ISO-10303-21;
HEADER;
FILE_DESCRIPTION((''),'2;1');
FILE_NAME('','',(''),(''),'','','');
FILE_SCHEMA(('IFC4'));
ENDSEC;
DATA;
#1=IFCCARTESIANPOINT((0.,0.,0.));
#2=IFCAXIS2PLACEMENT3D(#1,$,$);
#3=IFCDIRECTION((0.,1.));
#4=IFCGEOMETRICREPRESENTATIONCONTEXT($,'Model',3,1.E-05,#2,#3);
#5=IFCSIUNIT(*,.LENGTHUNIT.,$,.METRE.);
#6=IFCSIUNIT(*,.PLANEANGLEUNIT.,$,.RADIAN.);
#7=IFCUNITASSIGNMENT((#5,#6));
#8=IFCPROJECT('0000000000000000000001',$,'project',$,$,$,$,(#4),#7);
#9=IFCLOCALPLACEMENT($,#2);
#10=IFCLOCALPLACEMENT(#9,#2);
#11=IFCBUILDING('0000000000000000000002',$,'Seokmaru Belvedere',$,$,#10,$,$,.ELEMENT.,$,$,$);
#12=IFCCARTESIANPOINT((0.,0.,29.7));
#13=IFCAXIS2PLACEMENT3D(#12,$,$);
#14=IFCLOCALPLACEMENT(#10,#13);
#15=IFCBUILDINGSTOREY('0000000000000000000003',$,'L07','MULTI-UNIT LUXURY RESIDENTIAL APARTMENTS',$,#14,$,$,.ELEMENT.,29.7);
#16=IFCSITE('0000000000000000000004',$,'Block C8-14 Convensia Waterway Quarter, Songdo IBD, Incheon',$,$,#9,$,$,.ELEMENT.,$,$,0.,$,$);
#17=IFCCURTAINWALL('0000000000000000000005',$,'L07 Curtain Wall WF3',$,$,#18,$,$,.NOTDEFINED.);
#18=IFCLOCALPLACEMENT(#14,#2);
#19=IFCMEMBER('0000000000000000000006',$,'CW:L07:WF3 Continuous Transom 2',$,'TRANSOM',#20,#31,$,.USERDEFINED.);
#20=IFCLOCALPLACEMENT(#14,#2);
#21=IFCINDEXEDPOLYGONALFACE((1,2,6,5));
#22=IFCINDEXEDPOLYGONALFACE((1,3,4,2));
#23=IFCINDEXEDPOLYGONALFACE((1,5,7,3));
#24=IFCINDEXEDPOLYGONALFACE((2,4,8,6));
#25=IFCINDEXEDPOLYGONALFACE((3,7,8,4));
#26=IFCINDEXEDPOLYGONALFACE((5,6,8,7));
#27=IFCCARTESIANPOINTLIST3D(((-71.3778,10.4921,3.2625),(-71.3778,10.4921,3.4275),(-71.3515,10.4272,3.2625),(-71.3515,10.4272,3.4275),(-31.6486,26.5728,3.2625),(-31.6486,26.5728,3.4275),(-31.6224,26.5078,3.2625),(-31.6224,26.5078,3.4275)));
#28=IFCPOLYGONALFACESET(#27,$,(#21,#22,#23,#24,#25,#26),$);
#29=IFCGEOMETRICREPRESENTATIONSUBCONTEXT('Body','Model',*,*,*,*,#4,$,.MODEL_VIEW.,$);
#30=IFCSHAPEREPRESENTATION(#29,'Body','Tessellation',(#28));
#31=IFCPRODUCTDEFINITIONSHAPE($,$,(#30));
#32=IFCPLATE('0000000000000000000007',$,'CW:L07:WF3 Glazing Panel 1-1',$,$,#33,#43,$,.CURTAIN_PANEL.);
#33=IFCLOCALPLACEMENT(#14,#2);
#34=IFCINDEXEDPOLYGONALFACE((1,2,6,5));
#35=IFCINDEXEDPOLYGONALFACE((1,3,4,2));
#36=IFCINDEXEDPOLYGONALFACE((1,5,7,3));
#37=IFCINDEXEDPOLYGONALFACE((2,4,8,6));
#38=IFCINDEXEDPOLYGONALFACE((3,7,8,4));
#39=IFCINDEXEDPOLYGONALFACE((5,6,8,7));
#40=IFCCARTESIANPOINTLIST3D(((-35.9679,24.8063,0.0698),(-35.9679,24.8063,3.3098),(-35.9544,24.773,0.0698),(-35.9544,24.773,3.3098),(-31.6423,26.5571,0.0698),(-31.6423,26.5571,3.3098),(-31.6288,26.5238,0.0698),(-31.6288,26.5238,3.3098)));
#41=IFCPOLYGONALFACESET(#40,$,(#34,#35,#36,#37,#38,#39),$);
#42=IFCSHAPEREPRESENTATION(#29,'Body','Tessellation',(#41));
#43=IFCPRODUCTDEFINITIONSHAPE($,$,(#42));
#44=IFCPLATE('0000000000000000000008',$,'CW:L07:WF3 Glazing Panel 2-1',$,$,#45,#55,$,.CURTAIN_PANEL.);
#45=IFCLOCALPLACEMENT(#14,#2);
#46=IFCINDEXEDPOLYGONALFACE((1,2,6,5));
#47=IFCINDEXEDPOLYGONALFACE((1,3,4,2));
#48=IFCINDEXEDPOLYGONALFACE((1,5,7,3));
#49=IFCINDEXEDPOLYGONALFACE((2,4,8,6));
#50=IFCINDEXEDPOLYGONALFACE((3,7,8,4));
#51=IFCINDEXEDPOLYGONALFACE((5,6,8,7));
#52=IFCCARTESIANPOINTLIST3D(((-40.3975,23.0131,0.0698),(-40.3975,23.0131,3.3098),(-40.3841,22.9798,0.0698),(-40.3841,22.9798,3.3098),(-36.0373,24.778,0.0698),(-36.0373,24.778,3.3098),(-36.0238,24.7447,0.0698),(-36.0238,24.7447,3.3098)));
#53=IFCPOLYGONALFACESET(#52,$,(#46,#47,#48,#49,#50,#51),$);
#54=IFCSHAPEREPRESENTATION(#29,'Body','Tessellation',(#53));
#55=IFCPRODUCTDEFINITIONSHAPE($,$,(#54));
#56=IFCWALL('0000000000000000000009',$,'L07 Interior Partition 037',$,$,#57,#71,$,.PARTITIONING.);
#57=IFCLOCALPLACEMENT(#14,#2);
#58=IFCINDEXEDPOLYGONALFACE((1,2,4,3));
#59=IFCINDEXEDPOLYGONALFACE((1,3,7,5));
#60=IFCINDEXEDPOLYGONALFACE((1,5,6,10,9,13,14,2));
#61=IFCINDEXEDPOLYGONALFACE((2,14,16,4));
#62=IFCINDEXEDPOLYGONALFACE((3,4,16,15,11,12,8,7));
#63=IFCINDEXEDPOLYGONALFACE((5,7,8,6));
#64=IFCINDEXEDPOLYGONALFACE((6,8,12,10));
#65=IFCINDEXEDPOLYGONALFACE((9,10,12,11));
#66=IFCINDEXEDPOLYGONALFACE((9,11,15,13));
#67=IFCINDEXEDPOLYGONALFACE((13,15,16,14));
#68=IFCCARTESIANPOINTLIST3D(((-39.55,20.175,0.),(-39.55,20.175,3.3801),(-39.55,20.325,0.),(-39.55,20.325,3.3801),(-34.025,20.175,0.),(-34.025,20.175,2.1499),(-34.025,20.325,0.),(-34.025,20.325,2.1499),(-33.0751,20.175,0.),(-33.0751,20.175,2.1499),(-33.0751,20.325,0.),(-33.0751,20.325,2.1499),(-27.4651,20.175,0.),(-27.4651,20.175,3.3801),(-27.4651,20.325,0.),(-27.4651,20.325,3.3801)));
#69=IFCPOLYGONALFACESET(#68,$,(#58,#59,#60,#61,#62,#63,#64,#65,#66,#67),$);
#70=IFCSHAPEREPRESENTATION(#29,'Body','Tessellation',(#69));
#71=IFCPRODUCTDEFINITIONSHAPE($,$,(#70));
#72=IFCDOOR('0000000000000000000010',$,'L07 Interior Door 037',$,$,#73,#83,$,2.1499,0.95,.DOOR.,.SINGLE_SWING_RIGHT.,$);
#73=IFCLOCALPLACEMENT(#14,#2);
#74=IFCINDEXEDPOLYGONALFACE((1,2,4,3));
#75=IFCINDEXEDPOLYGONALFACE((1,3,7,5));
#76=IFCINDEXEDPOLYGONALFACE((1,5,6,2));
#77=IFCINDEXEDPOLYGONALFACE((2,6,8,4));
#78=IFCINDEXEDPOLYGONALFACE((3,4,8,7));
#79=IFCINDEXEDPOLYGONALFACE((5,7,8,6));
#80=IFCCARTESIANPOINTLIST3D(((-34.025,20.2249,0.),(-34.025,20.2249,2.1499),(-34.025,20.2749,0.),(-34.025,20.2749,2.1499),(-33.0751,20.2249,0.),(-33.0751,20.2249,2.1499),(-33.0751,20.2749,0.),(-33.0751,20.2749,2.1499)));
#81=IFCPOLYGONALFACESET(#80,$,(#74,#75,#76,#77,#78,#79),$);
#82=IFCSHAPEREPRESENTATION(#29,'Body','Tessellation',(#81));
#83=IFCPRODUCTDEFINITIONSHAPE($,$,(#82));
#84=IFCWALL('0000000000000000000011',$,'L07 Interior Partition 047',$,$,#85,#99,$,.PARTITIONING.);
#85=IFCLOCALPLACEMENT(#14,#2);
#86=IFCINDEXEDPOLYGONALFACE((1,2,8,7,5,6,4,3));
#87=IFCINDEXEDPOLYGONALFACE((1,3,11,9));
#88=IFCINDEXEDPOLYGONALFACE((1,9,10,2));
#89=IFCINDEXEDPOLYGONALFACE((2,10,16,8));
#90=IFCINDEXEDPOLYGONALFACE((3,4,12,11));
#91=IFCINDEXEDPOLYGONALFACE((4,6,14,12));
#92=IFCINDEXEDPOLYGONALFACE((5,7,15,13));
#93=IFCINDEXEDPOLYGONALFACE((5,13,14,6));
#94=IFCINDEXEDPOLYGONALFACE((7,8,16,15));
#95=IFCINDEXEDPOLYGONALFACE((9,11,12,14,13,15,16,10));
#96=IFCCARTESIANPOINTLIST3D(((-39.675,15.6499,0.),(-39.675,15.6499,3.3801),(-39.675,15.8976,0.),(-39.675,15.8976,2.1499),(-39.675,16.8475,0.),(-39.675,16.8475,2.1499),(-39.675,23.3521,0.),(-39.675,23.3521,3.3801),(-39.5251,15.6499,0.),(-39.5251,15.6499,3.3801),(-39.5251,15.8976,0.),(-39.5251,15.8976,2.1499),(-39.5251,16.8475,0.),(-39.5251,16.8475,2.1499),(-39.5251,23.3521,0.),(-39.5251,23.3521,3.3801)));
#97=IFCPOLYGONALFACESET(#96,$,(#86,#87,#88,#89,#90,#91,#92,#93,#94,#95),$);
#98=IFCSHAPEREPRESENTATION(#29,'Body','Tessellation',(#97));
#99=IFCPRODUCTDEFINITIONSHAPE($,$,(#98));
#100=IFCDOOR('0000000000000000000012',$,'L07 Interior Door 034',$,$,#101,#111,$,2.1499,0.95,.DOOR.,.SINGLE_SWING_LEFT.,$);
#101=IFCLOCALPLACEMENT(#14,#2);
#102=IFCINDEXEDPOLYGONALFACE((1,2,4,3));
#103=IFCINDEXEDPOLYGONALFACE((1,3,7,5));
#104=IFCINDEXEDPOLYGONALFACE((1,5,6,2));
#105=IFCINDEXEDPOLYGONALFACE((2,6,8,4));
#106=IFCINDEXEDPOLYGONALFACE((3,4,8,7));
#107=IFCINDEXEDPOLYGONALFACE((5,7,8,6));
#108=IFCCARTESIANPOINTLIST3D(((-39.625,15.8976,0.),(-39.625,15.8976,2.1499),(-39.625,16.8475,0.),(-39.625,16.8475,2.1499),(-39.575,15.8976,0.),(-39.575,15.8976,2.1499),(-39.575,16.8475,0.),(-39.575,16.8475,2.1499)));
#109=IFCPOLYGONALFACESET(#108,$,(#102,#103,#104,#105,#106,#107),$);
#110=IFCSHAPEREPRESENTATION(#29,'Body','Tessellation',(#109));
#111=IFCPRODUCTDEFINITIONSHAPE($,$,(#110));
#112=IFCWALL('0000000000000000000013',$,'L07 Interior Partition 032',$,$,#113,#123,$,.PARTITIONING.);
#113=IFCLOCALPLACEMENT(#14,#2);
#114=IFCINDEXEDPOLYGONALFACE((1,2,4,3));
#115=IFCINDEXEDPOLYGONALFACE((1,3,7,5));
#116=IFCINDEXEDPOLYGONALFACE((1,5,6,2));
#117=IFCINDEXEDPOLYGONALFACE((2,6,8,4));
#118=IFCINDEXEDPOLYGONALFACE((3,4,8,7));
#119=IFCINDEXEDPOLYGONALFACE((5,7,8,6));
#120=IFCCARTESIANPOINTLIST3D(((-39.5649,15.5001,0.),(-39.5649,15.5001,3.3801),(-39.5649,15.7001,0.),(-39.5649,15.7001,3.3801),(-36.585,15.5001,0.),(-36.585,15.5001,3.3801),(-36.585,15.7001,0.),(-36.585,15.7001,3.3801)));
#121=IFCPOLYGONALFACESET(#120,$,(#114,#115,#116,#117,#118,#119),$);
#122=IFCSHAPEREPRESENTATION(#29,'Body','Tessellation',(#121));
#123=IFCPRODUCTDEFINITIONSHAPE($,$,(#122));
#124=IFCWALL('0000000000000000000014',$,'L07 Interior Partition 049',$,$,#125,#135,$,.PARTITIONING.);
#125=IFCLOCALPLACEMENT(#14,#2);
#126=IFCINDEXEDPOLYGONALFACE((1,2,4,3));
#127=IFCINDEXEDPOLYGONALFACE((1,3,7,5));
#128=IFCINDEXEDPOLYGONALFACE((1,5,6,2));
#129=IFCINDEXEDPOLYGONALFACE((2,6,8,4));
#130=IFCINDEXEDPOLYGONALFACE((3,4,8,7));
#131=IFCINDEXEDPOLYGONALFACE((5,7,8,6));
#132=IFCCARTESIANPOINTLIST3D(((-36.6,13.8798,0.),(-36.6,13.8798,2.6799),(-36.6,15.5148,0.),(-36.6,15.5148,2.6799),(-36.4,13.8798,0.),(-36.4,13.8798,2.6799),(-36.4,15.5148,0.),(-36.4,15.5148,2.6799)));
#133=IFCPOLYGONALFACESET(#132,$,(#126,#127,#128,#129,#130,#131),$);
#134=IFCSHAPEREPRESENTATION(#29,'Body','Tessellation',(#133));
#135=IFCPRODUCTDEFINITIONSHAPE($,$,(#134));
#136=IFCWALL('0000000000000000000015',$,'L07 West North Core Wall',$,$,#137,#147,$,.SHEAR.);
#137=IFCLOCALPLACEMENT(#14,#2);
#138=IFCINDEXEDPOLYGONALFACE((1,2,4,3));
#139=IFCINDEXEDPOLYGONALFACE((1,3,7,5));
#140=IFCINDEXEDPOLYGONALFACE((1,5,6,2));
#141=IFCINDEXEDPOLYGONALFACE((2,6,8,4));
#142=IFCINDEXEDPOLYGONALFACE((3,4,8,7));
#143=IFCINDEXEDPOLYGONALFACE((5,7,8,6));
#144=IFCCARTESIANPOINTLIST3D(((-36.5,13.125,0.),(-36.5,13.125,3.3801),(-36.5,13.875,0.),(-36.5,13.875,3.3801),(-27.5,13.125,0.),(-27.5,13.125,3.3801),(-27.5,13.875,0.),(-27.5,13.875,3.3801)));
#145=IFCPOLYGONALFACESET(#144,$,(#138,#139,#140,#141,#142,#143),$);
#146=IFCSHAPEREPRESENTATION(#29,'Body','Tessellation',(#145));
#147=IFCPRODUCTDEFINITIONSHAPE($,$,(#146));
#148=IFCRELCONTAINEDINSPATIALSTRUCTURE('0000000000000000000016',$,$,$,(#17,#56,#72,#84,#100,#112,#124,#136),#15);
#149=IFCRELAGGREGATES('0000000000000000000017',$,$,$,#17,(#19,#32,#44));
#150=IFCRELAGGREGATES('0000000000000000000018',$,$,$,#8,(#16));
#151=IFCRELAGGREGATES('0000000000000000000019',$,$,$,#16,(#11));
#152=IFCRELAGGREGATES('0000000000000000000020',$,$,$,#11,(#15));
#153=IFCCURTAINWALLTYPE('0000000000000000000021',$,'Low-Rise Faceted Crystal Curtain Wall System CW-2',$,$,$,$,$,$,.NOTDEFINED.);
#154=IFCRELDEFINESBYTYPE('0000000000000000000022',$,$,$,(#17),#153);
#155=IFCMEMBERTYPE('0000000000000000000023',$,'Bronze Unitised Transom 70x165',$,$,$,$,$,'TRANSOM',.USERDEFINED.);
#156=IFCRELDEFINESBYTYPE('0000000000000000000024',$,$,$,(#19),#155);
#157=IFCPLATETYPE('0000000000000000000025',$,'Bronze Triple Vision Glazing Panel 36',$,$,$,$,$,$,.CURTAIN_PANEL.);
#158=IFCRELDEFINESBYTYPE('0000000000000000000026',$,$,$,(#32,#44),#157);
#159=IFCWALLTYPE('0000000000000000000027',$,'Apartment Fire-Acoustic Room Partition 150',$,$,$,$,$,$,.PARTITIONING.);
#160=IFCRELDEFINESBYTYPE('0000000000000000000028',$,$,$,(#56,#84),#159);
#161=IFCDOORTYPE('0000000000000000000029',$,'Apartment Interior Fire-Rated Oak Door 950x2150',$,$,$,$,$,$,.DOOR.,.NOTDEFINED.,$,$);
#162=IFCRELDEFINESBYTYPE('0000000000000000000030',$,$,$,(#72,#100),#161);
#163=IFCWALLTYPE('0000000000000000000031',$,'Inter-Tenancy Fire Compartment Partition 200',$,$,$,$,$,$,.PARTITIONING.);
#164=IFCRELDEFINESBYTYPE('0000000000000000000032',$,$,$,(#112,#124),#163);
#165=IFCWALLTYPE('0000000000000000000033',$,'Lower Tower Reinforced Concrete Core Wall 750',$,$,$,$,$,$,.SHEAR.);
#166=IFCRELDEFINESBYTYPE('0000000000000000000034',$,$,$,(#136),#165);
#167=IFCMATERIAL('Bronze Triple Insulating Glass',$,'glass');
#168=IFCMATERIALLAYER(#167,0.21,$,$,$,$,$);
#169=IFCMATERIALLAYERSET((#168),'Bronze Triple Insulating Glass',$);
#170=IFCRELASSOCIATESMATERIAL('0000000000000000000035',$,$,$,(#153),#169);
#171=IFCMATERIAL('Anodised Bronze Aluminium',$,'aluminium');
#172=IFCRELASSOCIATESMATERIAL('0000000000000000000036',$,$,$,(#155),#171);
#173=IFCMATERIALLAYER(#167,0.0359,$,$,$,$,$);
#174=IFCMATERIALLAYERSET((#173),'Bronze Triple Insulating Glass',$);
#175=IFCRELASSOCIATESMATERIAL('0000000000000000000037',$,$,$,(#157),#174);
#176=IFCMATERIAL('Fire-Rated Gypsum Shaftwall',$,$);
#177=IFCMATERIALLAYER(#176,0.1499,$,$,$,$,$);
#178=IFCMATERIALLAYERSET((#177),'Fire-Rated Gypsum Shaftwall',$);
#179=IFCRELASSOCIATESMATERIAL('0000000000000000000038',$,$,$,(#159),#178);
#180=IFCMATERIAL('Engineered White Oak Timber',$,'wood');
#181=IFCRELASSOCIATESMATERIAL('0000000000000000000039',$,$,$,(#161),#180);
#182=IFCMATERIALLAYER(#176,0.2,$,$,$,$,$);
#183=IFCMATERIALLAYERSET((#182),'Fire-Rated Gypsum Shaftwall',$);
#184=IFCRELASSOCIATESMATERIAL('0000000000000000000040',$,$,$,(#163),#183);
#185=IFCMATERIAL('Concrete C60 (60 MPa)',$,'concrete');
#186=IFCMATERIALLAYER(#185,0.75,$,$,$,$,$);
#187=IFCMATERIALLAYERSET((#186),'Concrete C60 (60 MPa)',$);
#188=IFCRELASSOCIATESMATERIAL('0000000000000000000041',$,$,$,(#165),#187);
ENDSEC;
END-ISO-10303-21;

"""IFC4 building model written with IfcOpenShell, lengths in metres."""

from ifc_helpers import new_model, si_unit, direction, frame, frame_2d, origin, origin_2d, place, context, subcontext, project, spatial, rectangle, extrude, source, transform, mapped, material, layer, layer_set, material_profile, profile_set, type_object, type_shapes, element, fill, aggregate, save


model = new_model("IFC4")

# Units and contexts
model_context = context("Model", 3, precision=1e-05, world=origin(), true_north=direction((0.0, 1.0)))
body_context = subcontext(model_context, "Body", "Model", "MODEL_VIEW")
ifc_project = project(units=[si_unit("LENGTHUNIT", "METRE"), si_unit("PLANEANGLEUNIT", "RADIAN")], contexts=[model_context])

# Site, building, storey
site_placement = place(None, origin())
site = spatial("IfcSite", under=ifc_project, at=site_placement, Name="Block C8-14 Convensia Waterway Quarter, Songdo IBD, Incheon", CompositionType="ELEMENT", RefElevation=0.0)
building_placement = place(site_placement, origin())
building = spatial("IfcBuilding", under=site, at=building_placement, Name="Seokmaru Belvedere", CompositionType="ELEMENT")
storey_placement = place(building_placement, frame((0.0, 0.0, 29.7)))
storey = spatial("IfcBuildingStorey", under=building, at=storey_placement, Name="L07", Description="MULTI-UNIT LUXURY RESIDENTIAL APARTMENTS", CompositionType="ELEMENT", Elevation=29.7)

# Curtain wall, member, plates
ifc_material_1 = material(Name="Bronze Triple Insulating Glass", Category="glass")
ifc_layer_1 = layer(ifc_material_1, 0.21)
ifc_layer_set_1 = layer_set([ifc_layer_1], Name="Bronze Triple Insulating Glass")
curtain_wall_type = type_object("IfcCurtainWallType", Name="Low-Rise Faceted Crystal Curtain Wall System CW-2", PredefinedType="NOTDEFINED", material=ifc_layer_set_1)
curtain_wall_placement = place(storey_placement, origin())
curtain_wall = element("IfcCurtainWall", 1, at=curtain_wall_placement, inside=storey, type_object=curtain_wall_type, Name="L07 Curtain Wall WF3", PredefinedType="NOTDEFINED")
ifc_material_2 = material(Name="Anodised Bronze Aluminium", Category="aluminium")
ifc_material_profile_1 = material_profile(ifc_material_2, rectangle(XDim=0.0701, YDim=0.165, at=origin_2d()), Name="CW-T-70x165")
ifc_profile_set_1 = profile_set([ifc_material_profile_1], Name="Anodised Bronze Aluminium")
member_type_1 = type_object("IfcMemberType", Name="Bronze Unitised Transom 70x165", ElementType="TRANSOM", PredefinedType="USERDEFINED", material=ifc_profile_set_1)
shared_shape_1 = source(origin(), body_context, "Body", "SweptSolid", [
    extrude(rectangle(XDim=0.0701, YDim=0.165, at=origin_2d()), origin(), (0.0, 0.0, 1.0), 42.8601),
])
type_shapes(member_type_1, [shared_shape_1])
member_1_placement = place(storey_placement, frame((-31.6355, 26.5403, 3.345), z_axis=(-0.926949, -0.375188, 0.0), x_axis=(0.375188, -0.926949, 0.0)))
member_1 = element("IfcMember", 2, at=member_1_placement, type_object=member_type_1, Name="CW:L07:WF3 Continuous Transom 2", ObjectType="TRANSOM", PredefinedType="USERDEFINED", context=body_context, shape_type="MappedRepresentation", body=[
    mapped(shared_shape_1, transform((0.0, 0.0, 0.0), scale=1.0)),
])
ifc_layer_2 = layer(ifc_material_1, 0.0359)
ifc_layer_set_2 = layer_set([ifc_layer_2], Name="Bronze Triple Insulating Glass")
plate_type = type_object("IfcPlateType", Name="Bronze Triple Vision Glazing Panel 36", PredefinedType="CURTAIN_PANEL", material=ifc_layer_set_2)
shared_shape_2 = source(origin(), body_context, "Body", "SweptSolid", [
    extrude(rectangle(XDim=4.6665, YDim=0.0359, at=origin_2d()), origin(), (0.0, 0.0, 1.0), 3.24),
])
plate_1_placement = place(storey_placement, frame((-33.7983, 25.665, 0.0698), z_axis=(0.0, 0.0, 1.0), x_axis=(-0.926947, -0.375192, 0.0)))
plate_1 = element("IfcPlate", 3, at=plate_1_placement, type_object=plate_type, Name="CW:L07:WF3 Glazing Panel 1-1", PredefinedType="CURTAIN_PANEL", context=body_context, shape_type="MappedRepresentation", body=[
    mapped(shared_shape_2, transform((0.0, 0.0, 0.0), scale=1.0)),
])
shared_shape_3 = source(origin(), body_context, "Body", "SweptSolid", [
    extrude(rectangle(XDim=4.7039, YDim=0.0359, at=origin_2d()), origin(), (0.0, 0.0, 1.0), 3.24),
])
type_shapes(plate_type, [shared_shape_2, shared_shape_3])
plate_2_placement = place(storey_placement, frame((-38.2107, 23.8789, 0.0698), z_axis=(0.0, 0.0, 1.0), x_axis=(-0.926947, -0.375192, 0.0)))
plate_2 = element("IfcPlate", 4, at=plate_2_placement, type_object=plate_type, Name="CW:L07:WF3 Glazing Panel 2-1", PredefinedType="CURTAIN_PANEL", context=body_context, shape_type="MappedRepresentation", body=[
    mapped(shared_shape_3, transform((0.0, 0.0, 0.0), scale=1.0)),
])
aggregate(curtain_wall, [member_1, plate_1, plate_2])

# Walls, openings, doors
ifc_material_3 = material(Name="Fire-Rated Gypsum Shaftwall")
ifc_layer_3 = layer(ifc_material_3, 0.1499)
ifc_layer_set_3 = layer_set([ifc_layer_3], Name="Fire-Rated Gypsum Shaftwall")
wall_type_1 = type_object("IfcWallType", Name="Apartment Fire-Acoustic Room Partition 150", PredefinedType="PARTITIONING", material=ifc_layer_set_3)
wall_1_placement = place(storey_placement, frame((-39.55, 20.25, 0.0), z_axis=(0.0, 0.0, 1.0), x_axis=(1.0, 0.0, 0.0)))
wall_1 = element("IfcWall", 5, at=wall_1_placement, inside=storey, type_object=wall_type_1, Name="L07 Interior Partition 037", PredefinedType="PARTITIONING", context=body_context, shape_type="SweptSolid", body=[
    extrude(rectangle(XDim=12.085, YDim=0.1499, at=frame_2d((6.0425, 0.0))), origin(), (0.0, 0.0, 1.0), 3.3801),
])
opening_1_placement = place(wall_1_placement, frame((5.5249, 0.0, 0.0)))
opening_1 = element("IfcOpeningElement", 6, at=opening_1_placement, cuts=wall_1, PredefinedType="OPENING", context=body_context, shape_type="SweptSolid", body=[
    extrude(rectangle(XDim=0.95, YDim=2.1499, at=frame_2d((0.4751, 1.075))), frame((0.0, 0.085, 0.0), z_axis=(0.0, -1.0, 0.0), x_axis=(1.0, 0.0, 0.0)), (0.0, 0.0, 1.0), 0.1699),
])
ifc_material_4 = material(Name="Engineered White Oak Timber", Category="wood")
door_type = type_object("IfcDoorType", Name="Apartment Interior Fire-Rated Oak Door 950x2150", OperationType="NOTDEFINED", PredefinedType="DOOR", material=ifc_material_4)
shared_shape_4 = source(origin(), body_context, "Body", "SweptSolid", [
    extrude(rectangle(XDim=0.95, YDim=2.1499, at=frame_2d((0.4751, 1.075))), frame((0.0, 0.0249, 0.0), z_axis=(0.0, -1.0, 0.0), x_axis=(1.0, 0.0, 0.0)), (0.0, 0.0, 1.0), 0.05),
])
type_shapes(door_type, [shared_shape_4])
door_1_placement = place(opening_1_placement, origin())
door_1 = element("IfcDoor", 7, at=door_1_placement, inside=storey, type_object=door_type, Name="L07 Interior Door 037", OperationType="SINGLE_SWING_RIGHT", OverallHeight=2.1499, OverallWidth=0.95, PredefinedType="DOOR", context=body_context, shape_type="MappedRepresentation", body=[
    mapped(shared_shape_4, transform((0.0, 0.0, 0.0), scale=1.0)),
])
fill(opening_1, door_1)
wall_2_placement = place(storey_placement, frame((-39.6001, 15.6499, 0.0), z_axis=(0.0, 0.0, 1.0), x_axis=(0.0, 1.0, 0.0)))
wall_2 = element("IfcWall", 8, at=wall_2_placement, inside=storey, type_object=wall_type_1, Name="L07 Interior Partition 047", PredefinedType="PARTITIONING", context=body_context, shape_type="SweptSolid", body=[
    extrude(rectangle(XDim=7.7021, YDim=0.1499, at=frame_2d((3.8511, 0.0))), origin(), (0.0, 0.0, 1.0), 3.3801),
])
opening_2_placement = place(wall_2_placement, frame((0.2476, 0.0, 0.0)))
opening_2 = element("IfcOpeningElement", 9, at=opening_2_placement, cuts=wall_2, PredefinedType="OPENING", context=body_context, shape_type="SweptSolid", body=[
    extrude(rectangle(XDim=0.95, YDim=2.1499, at=frame_2d((0.4751, 1.075))), frame((0.0, 0.085, 0.0), z_axis=(0.0, -1.0, 0.0), x_axis=(1.0, 0.0, 0.0)), (0.0, 0.0, 1.0), 0.1699),
])
door_2_placement = place(opening_2_placement, origin())
door_2 = element("IfcDoor", 10, at=door_2_placement, inside=storey, type_object=door_type, Name="L07 Interior Door 034", OperationType="SINGLE_SWING_LEFT", OverallHeight=2.1499, OverallWidth=0.95, PredefinedType="DOOR", context=body_context, shape_type="MappedRepresentation", body=[
    mapped(shared_shape_4, transform((0.0, 0.0, 0.0), scale=1.0)),
])
fill(opening_2, door_2)

# Walls
ifc_layer_4 = layer(ifc_material_3, 0.2)
ifc_layer_set_4 = layer_set([ifc_layer_4], Name="Fire-Rated Gypsum Shaftwall")
wall_type_2 = type_object("IfcWallType", Name="Inter-Tenancy Fire Compartment Partition 200", PredefinedType="PARTITIONING", material=ifc_layer_set_4)
wall_3_placement = place(storey_placement, frame((-39.5649, 15.6001, 0.0), z_axis=(0.0, 0.0, 1.0), x_axis=(1.0, 0.0, 0.0)))
element("IfcWall", 11, at=wall_3_placement, inside=storey, type_object=wall_type_2, Name="L07 Interior Partition 032", PredefinedType="PARTITIONING", context=body_context, shape_type="SweptSolid", body=[
    extrude(rectangle(XDim=2.98, YDim=0.2, at=frame_2d((1.49, 0.0))), origin(), (0.0, 0.0, 1.0), 3.3801),
])
wall_4_placement = place(storey_placement, frame((-36.5, 13.8799, 0.0), z_axis=(0.0, 0.0, 1.0), x_axis=(0.0, 1.0, 0.0)))
element("IfcWall", 12, at=wall_4_placement, inside=storey, type_object=wall_type_2, Name="L07 Interior Partition 049", PredefinedType="PARTITIONING", context=body_context, shape_type="SweptSolid", body=[
    extrude(rectangle(XDim=1.635, YDim=0.2, at=frame_2d((0.8174, 0.0))), origin(), (0.0, 0.0, 1.0), 2.6799),
])
ifc_material_5 = material(Name="Concrete C60 (60 MPa)", Category="concrete")
ifc_layer_5 = layer(ifc_material_5, 0.75)
ifc_layer_set_5 = layer_set([ifc_layer_5], Name="Concrete C60 (60 MPa)")
wall_type_3 = type_object("IfcWallType", Name="Lower Tower Reinforced Concrete Core Wall 750", PredefinedType="SHEAR", material=ifc_layer_set_5)
wall_5_placement = place(storey_placement, frame((-36.5, 13.5, 0.0), z_axis=(0.0, 0.0, 1.0), x_axis=(1.0, 0.0, 0.0)))
element("IfcWall", 13, at=wall_5_placement, inside=storey, type_object=wall_type_3, Name="L07 West North Core Wall", PredefinedType="SHEAR", context=body_context, shape_type="SweptSolid", body=[
    extrude(rectangle(XDim=9.0, YDim=0.75, at=frame_2d((4.5, 0.0))), origin(), (0.0, 0.0, 1.0), 3.3801),
])

save(model, "model.ifc")
